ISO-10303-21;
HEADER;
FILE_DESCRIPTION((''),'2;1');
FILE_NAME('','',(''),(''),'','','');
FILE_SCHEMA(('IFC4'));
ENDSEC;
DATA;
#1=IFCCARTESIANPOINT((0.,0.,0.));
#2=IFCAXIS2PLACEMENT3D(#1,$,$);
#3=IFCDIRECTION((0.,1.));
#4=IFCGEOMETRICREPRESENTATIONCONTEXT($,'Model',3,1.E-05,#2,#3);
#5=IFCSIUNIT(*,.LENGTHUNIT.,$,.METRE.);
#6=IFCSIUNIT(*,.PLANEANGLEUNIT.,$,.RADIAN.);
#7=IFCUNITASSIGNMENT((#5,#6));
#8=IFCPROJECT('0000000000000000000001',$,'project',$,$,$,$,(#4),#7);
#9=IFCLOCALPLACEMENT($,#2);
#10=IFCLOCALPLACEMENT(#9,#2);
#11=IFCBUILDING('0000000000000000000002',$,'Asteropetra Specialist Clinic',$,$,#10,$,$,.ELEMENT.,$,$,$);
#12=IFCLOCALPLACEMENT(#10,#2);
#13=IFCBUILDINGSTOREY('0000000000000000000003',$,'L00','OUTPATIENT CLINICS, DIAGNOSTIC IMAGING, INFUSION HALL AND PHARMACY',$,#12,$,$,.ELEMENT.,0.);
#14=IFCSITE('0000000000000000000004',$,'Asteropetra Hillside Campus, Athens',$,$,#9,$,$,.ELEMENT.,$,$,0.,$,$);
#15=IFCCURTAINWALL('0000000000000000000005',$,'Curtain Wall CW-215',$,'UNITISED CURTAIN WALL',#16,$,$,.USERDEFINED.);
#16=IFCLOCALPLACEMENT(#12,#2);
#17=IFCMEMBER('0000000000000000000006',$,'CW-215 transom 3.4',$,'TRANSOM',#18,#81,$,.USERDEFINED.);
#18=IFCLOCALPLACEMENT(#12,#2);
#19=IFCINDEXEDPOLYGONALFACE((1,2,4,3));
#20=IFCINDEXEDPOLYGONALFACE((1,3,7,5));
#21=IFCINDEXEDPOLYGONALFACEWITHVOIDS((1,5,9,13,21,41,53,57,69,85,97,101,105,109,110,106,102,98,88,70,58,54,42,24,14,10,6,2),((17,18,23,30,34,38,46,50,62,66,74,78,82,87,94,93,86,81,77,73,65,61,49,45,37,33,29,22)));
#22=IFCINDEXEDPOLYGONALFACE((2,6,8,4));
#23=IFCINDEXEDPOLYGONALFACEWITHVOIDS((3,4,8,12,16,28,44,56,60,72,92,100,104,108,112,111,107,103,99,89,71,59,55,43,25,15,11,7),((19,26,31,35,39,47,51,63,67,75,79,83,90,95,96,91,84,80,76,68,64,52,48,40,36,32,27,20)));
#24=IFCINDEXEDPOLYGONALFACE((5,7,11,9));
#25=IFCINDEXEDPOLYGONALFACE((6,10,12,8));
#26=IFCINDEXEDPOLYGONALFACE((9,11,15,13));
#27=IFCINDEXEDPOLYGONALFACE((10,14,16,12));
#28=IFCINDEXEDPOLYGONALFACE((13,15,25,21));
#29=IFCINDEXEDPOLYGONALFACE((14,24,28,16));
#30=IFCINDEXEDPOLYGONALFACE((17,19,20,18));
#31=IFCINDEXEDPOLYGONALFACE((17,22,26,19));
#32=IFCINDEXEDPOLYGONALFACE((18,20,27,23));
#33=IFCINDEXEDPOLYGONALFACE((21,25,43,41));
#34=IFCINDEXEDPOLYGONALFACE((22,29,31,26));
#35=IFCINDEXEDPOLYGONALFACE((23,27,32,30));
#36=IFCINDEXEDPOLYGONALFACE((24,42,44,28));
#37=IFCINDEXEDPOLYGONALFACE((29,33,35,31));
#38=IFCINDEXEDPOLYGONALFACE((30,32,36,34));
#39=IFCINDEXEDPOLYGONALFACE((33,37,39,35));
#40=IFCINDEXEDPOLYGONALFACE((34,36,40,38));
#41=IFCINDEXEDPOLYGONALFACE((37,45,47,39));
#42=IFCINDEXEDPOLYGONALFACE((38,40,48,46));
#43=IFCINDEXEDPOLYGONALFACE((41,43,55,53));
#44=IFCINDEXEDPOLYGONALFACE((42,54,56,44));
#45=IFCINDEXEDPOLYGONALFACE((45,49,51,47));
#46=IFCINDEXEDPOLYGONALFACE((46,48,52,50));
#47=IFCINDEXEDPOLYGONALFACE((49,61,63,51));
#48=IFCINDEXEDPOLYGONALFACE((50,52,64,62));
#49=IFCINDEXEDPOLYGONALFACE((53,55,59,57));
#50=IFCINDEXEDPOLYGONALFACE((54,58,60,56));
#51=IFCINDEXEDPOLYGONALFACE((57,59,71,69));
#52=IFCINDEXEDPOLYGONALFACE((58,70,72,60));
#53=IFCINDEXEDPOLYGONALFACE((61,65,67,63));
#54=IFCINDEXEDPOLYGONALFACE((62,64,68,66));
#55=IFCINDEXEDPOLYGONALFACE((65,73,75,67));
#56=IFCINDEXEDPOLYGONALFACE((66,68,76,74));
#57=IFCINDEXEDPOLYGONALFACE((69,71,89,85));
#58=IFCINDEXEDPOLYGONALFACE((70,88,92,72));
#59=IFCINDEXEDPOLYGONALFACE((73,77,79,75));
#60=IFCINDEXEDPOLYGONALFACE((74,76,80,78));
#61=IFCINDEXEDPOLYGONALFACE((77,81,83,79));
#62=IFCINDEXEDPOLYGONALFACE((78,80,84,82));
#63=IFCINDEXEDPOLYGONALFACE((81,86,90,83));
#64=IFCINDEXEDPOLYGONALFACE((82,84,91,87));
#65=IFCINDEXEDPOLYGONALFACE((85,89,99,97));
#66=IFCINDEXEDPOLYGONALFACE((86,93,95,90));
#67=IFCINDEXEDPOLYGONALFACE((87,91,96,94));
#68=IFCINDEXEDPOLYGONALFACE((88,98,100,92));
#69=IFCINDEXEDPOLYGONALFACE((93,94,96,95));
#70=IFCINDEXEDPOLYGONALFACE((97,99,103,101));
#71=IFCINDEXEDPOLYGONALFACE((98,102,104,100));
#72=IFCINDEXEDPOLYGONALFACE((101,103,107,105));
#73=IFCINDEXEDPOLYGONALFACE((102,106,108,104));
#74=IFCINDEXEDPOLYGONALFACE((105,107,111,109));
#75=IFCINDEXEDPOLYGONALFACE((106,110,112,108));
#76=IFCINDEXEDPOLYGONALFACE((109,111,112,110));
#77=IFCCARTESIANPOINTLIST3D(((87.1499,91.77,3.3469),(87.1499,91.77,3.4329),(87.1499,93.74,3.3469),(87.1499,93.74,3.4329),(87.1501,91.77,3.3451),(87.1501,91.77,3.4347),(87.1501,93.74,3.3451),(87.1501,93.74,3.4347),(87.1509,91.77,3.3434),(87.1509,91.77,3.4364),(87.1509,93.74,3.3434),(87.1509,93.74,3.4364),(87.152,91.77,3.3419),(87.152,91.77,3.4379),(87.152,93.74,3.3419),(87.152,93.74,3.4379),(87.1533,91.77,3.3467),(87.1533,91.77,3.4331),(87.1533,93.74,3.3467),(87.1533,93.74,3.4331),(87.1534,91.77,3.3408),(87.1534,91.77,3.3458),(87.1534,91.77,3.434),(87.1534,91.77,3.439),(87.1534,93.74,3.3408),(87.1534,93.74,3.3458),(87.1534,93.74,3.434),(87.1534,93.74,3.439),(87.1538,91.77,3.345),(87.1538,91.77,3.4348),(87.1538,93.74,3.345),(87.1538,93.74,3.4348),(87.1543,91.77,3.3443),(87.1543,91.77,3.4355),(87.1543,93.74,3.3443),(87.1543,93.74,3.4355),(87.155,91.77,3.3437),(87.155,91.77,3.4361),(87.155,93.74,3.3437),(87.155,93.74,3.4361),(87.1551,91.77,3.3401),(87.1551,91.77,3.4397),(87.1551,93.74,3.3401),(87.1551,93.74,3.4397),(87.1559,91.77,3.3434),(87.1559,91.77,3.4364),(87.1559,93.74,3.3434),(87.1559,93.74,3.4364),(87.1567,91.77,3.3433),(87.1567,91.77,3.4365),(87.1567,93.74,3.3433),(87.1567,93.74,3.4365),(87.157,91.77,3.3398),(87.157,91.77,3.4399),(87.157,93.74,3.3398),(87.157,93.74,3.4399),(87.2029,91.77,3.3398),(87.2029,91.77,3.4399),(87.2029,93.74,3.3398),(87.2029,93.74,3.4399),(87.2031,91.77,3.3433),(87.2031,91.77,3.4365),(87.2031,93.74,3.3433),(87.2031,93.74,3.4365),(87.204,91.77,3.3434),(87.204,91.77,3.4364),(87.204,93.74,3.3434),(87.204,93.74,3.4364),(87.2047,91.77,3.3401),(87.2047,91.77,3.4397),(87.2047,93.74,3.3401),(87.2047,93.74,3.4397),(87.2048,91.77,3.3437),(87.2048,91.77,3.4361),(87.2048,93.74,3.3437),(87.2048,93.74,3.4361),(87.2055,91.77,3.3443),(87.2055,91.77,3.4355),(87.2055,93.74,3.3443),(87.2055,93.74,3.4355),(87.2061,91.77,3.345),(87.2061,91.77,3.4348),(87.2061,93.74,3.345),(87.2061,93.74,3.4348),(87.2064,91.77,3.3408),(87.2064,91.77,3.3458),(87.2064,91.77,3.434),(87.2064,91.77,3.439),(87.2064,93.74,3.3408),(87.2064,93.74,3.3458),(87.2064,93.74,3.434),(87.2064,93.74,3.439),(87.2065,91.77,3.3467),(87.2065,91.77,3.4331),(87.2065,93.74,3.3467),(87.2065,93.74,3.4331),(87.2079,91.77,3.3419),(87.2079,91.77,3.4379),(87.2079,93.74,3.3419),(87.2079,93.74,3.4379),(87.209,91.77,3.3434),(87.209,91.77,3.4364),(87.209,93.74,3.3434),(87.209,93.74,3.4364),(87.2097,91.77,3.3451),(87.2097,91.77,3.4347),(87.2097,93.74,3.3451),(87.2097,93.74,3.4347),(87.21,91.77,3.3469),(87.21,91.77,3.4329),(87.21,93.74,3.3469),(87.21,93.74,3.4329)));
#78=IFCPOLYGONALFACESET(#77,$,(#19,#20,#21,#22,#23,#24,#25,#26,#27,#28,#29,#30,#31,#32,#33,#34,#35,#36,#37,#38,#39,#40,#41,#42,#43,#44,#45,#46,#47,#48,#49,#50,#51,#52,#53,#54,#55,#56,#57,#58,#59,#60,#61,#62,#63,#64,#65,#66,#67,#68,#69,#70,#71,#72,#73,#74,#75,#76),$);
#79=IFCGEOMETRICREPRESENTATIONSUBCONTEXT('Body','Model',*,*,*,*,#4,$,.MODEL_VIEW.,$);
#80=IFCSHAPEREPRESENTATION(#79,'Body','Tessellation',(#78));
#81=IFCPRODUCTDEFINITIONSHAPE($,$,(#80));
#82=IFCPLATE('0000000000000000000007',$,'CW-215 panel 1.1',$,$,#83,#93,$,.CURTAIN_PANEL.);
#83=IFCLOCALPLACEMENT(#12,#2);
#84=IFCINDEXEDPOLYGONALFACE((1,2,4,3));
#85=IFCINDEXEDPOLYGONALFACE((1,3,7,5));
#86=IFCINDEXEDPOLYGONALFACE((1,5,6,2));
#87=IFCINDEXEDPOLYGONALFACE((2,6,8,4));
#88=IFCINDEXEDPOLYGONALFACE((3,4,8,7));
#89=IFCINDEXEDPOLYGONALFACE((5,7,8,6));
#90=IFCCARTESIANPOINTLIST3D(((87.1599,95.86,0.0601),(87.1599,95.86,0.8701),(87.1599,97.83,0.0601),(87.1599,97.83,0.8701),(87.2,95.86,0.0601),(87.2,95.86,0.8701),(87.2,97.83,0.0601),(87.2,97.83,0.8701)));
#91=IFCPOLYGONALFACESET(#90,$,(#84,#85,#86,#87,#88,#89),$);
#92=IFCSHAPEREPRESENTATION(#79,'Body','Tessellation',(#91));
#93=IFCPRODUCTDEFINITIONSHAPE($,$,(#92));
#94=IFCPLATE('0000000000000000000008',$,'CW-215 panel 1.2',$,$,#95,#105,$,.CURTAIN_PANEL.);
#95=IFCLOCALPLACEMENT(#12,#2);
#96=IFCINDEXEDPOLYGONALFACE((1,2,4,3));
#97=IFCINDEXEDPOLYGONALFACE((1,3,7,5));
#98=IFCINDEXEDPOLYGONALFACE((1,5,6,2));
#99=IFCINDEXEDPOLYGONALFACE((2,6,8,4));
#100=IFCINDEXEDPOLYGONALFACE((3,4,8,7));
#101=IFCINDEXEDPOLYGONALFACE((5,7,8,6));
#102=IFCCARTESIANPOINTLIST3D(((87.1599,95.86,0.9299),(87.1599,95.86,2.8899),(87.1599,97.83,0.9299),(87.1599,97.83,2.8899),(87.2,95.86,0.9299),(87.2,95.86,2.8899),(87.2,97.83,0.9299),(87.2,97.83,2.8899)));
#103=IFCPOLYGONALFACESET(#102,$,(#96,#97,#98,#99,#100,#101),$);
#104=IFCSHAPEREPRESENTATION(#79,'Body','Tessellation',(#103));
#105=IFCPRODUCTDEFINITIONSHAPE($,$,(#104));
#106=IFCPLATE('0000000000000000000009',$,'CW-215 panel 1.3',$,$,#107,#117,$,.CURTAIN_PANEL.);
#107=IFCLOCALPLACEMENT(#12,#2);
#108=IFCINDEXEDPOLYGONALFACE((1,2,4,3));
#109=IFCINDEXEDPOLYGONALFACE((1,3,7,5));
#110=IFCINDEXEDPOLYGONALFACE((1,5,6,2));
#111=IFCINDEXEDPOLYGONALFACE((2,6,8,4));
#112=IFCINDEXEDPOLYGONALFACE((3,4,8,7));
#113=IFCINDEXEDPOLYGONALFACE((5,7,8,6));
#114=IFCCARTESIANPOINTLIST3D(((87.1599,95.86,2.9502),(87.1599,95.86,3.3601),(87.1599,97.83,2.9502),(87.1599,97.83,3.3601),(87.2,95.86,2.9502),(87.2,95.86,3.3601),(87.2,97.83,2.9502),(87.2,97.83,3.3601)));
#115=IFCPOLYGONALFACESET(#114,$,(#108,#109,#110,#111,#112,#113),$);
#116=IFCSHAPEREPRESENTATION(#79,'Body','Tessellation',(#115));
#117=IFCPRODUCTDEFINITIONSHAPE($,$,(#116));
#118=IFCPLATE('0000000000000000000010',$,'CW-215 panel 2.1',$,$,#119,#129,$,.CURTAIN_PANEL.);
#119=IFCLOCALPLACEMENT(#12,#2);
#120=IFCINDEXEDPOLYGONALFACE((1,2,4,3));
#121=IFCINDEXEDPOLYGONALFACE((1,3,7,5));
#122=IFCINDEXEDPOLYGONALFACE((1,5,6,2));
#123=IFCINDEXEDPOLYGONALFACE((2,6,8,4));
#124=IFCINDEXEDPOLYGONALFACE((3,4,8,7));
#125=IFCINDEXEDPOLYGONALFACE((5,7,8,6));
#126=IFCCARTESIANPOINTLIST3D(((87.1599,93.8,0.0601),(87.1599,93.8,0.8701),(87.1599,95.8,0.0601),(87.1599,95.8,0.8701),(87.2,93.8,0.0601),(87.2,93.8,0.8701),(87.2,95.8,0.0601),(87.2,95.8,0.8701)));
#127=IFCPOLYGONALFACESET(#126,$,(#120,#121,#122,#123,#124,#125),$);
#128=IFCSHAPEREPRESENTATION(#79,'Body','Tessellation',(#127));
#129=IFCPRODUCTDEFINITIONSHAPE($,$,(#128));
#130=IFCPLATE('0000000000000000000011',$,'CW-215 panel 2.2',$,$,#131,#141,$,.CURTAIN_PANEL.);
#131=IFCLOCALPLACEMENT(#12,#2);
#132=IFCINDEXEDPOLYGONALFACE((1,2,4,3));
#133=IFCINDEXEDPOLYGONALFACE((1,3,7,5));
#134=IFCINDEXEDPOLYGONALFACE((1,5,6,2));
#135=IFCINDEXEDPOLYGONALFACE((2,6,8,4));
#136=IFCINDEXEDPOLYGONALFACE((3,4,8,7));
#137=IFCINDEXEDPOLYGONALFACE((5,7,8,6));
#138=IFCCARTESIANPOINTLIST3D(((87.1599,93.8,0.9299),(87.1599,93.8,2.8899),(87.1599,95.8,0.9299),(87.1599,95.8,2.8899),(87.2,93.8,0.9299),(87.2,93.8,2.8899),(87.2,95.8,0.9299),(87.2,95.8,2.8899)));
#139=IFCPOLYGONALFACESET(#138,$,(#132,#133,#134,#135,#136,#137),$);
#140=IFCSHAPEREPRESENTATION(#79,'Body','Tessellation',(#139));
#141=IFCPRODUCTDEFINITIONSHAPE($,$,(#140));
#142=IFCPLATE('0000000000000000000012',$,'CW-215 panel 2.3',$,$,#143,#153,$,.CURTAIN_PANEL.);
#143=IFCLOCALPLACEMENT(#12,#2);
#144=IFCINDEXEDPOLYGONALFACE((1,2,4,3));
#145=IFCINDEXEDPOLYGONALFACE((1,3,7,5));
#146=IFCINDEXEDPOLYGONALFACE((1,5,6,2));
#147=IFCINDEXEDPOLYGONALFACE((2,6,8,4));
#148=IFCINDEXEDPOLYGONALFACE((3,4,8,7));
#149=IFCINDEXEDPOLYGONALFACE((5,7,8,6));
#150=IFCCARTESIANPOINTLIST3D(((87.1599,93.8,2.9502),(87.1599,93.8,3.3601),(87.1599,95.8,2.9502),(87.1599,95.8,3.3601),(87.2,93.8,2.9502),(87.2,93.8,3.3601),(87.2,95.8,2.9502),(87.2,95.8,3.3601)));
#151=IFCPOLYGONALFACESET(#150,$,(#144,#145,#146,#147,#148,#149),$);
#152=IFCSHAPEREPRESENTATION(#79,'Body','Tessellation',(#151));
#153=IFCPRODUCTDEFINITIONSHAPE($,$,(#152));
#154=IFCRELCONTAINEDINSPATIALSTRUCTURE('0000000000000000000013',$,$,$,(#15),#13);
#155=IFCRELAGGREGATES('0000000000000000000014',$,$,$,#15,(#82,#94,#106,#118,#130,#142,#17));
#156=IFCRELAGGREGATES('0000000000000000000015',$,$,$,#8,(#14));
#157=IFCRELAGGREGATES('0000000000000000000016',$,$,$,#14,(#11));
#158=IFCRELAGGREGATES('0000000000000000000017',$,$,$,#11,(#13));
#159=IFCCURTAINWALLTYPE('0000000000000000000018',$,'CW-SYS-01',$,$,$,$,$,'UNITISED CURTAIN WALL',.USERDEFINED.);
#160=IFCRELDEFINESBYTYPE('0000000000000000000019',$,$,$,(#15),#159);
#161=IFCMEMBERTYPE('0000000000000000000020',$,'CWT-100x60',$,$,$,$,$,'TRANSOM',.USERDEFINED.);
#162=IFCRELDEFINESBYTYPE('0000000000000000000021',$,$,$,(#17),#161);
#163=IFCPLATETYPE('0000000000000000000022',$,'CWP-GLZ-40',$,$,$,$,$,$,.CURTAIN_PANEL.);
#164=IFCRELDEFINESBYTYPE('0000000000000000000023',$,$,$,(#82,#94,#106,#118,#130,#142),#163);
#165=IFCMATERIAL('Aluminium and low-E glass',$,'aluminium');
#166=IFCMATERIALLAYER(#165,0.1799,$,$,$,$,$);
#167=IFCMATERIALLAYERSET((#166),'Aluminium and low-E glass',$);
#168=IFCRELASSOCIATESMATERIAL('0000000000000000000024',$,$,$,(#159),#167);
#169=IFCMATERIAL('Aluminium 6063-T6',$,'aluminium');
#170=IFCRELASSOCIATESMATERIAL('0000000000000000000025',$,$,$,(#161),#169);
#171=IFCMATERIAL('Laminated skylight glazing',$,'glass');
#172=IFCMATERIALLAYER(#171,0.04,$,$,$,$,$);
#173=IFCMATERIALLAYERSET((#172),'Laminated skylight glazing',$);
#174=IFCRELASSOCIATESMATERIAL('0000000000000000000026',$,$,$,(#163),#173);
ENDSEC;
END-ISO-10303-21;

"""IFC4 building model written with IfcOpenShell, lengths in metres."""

from ifc_helpers import new_model, si_unit, direction, frame, origin, origin_2d, place, context, subcontext, project, spatial, rectangle, hollow_rectangle, extrude, material, layer, layer_set, material_profile, profile_set, type_object, element, aggregate, save


model = new_model("IFC4")

# Units and contexts
model_context = context("Model", 3, precision=1e-05, world=origin(), true_north=direction((0.0, 1.0)))
body_context = subcontext(model_context, "Body", "Model", "MODEL_VIEW")
ifc_project = project(units=[si_unit("LENGTHUNIT", "METRE"), si_unit("PLANEANGLEUNIT", "RADIAN")], contexts=[model_context])

# Site, building, storey
site_placement = place(None, origin())
site = spatial("IfcSite", under=ifc_project, at=site_placement, Name="Asteropetra Hillside Campus, Athens", CompositionType="ELEMENT", RefElevation=0.0)
building_placement = place(site_placement, origin())
building = spatial("IfcBuilding", under=site, at=building_placement, Name="Asteropetra Specialist Clinic", CompositionType="ELEMENT")
storey_placement = place(building_placement, origin())
storey = spatial("IfcBuildingStorey", under=building, at=storey_placement, Name="L00", Description="OUTPATIENT CLINICS, DIAGNOSTIC IMAGING, INFUSION HALL AND PHARMACY", CompositionType="ELEMENT", Elevation=0.0)

# Curtain wall, member, plates
ifc_material_1 = material(Name="Aluminium and low-E glass", Category="aluminium")
ifc_layer_1 = layer(ifc_material_1, 0.1799)
ifc_layer_set_1 = layer_set([ifc_layer_1], Name="Aluminium and low-E glass")
curtain_wall_type = type_object("IfcCurtainWallType", Name="CW-SYS-01", ElementType="UNITISED CURTAIN WALL", PredefinedType="USERDEFINED", material=ifc_layer_set_1)
curtain_wall_placement = place(storey_placement, origin())
curtain_wall = element("IfcCurtainWall", 1, at=curtain_wall_placement, inside=storey, type_object=curtain_wall_type, Name="Curtain Wall CW-215", ObjectType="UNITISED CURTAIN WALL", PredefinedType="USERDEFINED")
ifc_material_2 = material(Name="Aluminium 6063-T6", Category="aluminium")
ifc_material_profile_1 = material_profile(ifc_material_2, hollow_rectangle(XDim=0.0601, YDim=0.1001, WallThickness=0.0034, InnerFilletRadius=0.0034, OuterFilletRadius=0.0071, at=origin_2d()), Name="TRN 100x60x3.5")
ifc_profile_set_1 = profile_set([ifc_material_profile_1], Name="Aluminium 6063-T6")
member_type_1 = type_object("IfcMemberType", Name="CWT-100x60", ElementType="TRANSOM", PredefinedType="USERDEFINED", material=ifc_profile_set_1)
member_1_placement = place(storey_placement, frame((87.1799, 93.74, 3.3899), z_axis=(0.0, -1.0, 0.0), x_axis=(1.0, 0.0, 0.0)))
member_1 = element("IfcMember", 2, at=member_1_placement, type_object=member_type_1, Name="CW-215 transom 3.4", ObjectType="TRANSOM", PredefinedType="USERDEFINED", context=body_context, shape_type="SweptSolid", body=[
    extrude(hollow_rectangle(XDim=0.0601, YDim=0.1001, WallThickness=0.0034, InnerFilletRadius=0.0034, OuterFilletRadius=0.0071, at=origin_2d()), origin(), (0.0, 0.0, 1.0), 1.97),
])
ifc_material_3 = material(Name="Laminated skylight glazing", Category="glass")
ifc_layer_2 = layer(ifc_material_3, 0.04)
ifc_layer_set_2 = layer_set([ifc_layer_2], Name="Laminated skylight glazing")
plate_type = type_object("IfcPlateType", Name="CWP-GLZ-40", PredefinedType="CURTAIN_PANEL", material=ifc_layer_set_2)
plate_1_placement = place(storey_placement, frame((87.1799, 96.845, 0.0601), z_axis=(0.0, 0.0, 1.0), x_axis=(0.0, -1.0, 0.0)))
plate_1 = element("IfcPlate", 3, at=plate_1_placement, type_object=plate_type, Name="CW-215 panel 1.1", PredefinedType="CURTAIN_PANEL", context=body_context, shape_type="SweptSolid", body=[
    extrude(rectangle(XDim=1.97, YDim=0.04, at=origin_2d()), origin(), (0.0, 0.0, 1.0), 0.8101),
])
plate_2_placement = place(storey_placement, frame((87.1799, 96.845, 0.9299), z_axis=(0.0, 0.0, 1.0), x_axis=(0.0, -1.0, 0.0)))
plate_2 = element("IfcPlate", 4, at=plate_2_placement, type_object=plate_type, Name="CW-215 panel 1.2", PredefinedType="CURTAIN_PANEL", context=body_context, shape_type="SweptSolid", body=[
    extrude(rectangle(XDim=1.97, YDim=0.04, at=origin_2d()), origin(), (0.0, 0.0, 1.0), 1.96),
])
plate_3_placement = place(storey_placement, frame((87.1799, 96.845, 2.9502), z_axis=(0.0, 0.0, 1.0), x_axis=(0.0, -1.0, 0.0)))
plate_3 = element("IfcPlate", 5, at=plate_3_placement, type_object=plate_type, Name="CW-215 panel 1.3", PredefinedType="CURTAIN_PANEL", context=body_context, shape_type="SweptSolid", body=[
    extrude(rectangle(XDim=1.97, YDim=0.04, at=origin_2d()), origin(), (0.0, 0.0, 1.0), 0.4099),
])
plate_4_placement = place(storey_placement, frame((87.1799, 94.8, 0.0601), z_axis=(0.0, 0.0, 1.0), x_axis=(0.0, -1.0, 0.0)))
plate_4 = element("IfcPlate", 6, at=plate_4_placement, type_object=plate_type, Name="CW-215 panel 2.1", PredefinedType="CURTAIN_PANEL", context=body_context, shape_type="SweptSolid", body=[
    extrude(rectangle(XDim=2.0, YDim=0.04, at=origin_2d()), origin(), (0.0, 0.0, 1.0), 0.8101),
])
plate_5_placement = place(storey_placement, frame((87.1799, 94.8, 0.9299), z_axis=(0.0, 0.0, 1.0), x_axis=(0.0, -1.0, 0.0)))
plate_5 = element("IfcPlate", 7, at=plate_5_placement, type_object=plate_type, Name="CW-215 panel 2.2", PredefinedType="CURTAIN_PANEL", context=body_context, shape_type="SweptSolid", body=[
    extrude(rectangle(XDim=2.0, YDim=0.04, at=origin_2d()), origin(), (0.0, 0.0, 1.0), 1.96),
])
plate_6_placement = place(storey_placement, frame((87.1799, 94.8, 2.9502), z_axis=(0.0, 0.0, 1.0), x_axis=(0.0, -1.0, 0.0)))
plate_6 = element("IfcPlate", 8, at=plate_6_placement, type_object=plate_type, Name="CW-215 panel 2.3", PredefinedType="CURTAIN_PANEL", context=body_context, shape_type="SweptSolid", body=[
    extrude(rectangle(XDim=2.0, YDim=0.04, at=origin_2d()), origin(), (0.0, 0.0, 1.0), 0.4099),
])
aggregate(curtain_wall, [plate_1, plate_2, plate_3, plate_4, plate_5, plate_6, member_1])

save(model, "model.ifc")
